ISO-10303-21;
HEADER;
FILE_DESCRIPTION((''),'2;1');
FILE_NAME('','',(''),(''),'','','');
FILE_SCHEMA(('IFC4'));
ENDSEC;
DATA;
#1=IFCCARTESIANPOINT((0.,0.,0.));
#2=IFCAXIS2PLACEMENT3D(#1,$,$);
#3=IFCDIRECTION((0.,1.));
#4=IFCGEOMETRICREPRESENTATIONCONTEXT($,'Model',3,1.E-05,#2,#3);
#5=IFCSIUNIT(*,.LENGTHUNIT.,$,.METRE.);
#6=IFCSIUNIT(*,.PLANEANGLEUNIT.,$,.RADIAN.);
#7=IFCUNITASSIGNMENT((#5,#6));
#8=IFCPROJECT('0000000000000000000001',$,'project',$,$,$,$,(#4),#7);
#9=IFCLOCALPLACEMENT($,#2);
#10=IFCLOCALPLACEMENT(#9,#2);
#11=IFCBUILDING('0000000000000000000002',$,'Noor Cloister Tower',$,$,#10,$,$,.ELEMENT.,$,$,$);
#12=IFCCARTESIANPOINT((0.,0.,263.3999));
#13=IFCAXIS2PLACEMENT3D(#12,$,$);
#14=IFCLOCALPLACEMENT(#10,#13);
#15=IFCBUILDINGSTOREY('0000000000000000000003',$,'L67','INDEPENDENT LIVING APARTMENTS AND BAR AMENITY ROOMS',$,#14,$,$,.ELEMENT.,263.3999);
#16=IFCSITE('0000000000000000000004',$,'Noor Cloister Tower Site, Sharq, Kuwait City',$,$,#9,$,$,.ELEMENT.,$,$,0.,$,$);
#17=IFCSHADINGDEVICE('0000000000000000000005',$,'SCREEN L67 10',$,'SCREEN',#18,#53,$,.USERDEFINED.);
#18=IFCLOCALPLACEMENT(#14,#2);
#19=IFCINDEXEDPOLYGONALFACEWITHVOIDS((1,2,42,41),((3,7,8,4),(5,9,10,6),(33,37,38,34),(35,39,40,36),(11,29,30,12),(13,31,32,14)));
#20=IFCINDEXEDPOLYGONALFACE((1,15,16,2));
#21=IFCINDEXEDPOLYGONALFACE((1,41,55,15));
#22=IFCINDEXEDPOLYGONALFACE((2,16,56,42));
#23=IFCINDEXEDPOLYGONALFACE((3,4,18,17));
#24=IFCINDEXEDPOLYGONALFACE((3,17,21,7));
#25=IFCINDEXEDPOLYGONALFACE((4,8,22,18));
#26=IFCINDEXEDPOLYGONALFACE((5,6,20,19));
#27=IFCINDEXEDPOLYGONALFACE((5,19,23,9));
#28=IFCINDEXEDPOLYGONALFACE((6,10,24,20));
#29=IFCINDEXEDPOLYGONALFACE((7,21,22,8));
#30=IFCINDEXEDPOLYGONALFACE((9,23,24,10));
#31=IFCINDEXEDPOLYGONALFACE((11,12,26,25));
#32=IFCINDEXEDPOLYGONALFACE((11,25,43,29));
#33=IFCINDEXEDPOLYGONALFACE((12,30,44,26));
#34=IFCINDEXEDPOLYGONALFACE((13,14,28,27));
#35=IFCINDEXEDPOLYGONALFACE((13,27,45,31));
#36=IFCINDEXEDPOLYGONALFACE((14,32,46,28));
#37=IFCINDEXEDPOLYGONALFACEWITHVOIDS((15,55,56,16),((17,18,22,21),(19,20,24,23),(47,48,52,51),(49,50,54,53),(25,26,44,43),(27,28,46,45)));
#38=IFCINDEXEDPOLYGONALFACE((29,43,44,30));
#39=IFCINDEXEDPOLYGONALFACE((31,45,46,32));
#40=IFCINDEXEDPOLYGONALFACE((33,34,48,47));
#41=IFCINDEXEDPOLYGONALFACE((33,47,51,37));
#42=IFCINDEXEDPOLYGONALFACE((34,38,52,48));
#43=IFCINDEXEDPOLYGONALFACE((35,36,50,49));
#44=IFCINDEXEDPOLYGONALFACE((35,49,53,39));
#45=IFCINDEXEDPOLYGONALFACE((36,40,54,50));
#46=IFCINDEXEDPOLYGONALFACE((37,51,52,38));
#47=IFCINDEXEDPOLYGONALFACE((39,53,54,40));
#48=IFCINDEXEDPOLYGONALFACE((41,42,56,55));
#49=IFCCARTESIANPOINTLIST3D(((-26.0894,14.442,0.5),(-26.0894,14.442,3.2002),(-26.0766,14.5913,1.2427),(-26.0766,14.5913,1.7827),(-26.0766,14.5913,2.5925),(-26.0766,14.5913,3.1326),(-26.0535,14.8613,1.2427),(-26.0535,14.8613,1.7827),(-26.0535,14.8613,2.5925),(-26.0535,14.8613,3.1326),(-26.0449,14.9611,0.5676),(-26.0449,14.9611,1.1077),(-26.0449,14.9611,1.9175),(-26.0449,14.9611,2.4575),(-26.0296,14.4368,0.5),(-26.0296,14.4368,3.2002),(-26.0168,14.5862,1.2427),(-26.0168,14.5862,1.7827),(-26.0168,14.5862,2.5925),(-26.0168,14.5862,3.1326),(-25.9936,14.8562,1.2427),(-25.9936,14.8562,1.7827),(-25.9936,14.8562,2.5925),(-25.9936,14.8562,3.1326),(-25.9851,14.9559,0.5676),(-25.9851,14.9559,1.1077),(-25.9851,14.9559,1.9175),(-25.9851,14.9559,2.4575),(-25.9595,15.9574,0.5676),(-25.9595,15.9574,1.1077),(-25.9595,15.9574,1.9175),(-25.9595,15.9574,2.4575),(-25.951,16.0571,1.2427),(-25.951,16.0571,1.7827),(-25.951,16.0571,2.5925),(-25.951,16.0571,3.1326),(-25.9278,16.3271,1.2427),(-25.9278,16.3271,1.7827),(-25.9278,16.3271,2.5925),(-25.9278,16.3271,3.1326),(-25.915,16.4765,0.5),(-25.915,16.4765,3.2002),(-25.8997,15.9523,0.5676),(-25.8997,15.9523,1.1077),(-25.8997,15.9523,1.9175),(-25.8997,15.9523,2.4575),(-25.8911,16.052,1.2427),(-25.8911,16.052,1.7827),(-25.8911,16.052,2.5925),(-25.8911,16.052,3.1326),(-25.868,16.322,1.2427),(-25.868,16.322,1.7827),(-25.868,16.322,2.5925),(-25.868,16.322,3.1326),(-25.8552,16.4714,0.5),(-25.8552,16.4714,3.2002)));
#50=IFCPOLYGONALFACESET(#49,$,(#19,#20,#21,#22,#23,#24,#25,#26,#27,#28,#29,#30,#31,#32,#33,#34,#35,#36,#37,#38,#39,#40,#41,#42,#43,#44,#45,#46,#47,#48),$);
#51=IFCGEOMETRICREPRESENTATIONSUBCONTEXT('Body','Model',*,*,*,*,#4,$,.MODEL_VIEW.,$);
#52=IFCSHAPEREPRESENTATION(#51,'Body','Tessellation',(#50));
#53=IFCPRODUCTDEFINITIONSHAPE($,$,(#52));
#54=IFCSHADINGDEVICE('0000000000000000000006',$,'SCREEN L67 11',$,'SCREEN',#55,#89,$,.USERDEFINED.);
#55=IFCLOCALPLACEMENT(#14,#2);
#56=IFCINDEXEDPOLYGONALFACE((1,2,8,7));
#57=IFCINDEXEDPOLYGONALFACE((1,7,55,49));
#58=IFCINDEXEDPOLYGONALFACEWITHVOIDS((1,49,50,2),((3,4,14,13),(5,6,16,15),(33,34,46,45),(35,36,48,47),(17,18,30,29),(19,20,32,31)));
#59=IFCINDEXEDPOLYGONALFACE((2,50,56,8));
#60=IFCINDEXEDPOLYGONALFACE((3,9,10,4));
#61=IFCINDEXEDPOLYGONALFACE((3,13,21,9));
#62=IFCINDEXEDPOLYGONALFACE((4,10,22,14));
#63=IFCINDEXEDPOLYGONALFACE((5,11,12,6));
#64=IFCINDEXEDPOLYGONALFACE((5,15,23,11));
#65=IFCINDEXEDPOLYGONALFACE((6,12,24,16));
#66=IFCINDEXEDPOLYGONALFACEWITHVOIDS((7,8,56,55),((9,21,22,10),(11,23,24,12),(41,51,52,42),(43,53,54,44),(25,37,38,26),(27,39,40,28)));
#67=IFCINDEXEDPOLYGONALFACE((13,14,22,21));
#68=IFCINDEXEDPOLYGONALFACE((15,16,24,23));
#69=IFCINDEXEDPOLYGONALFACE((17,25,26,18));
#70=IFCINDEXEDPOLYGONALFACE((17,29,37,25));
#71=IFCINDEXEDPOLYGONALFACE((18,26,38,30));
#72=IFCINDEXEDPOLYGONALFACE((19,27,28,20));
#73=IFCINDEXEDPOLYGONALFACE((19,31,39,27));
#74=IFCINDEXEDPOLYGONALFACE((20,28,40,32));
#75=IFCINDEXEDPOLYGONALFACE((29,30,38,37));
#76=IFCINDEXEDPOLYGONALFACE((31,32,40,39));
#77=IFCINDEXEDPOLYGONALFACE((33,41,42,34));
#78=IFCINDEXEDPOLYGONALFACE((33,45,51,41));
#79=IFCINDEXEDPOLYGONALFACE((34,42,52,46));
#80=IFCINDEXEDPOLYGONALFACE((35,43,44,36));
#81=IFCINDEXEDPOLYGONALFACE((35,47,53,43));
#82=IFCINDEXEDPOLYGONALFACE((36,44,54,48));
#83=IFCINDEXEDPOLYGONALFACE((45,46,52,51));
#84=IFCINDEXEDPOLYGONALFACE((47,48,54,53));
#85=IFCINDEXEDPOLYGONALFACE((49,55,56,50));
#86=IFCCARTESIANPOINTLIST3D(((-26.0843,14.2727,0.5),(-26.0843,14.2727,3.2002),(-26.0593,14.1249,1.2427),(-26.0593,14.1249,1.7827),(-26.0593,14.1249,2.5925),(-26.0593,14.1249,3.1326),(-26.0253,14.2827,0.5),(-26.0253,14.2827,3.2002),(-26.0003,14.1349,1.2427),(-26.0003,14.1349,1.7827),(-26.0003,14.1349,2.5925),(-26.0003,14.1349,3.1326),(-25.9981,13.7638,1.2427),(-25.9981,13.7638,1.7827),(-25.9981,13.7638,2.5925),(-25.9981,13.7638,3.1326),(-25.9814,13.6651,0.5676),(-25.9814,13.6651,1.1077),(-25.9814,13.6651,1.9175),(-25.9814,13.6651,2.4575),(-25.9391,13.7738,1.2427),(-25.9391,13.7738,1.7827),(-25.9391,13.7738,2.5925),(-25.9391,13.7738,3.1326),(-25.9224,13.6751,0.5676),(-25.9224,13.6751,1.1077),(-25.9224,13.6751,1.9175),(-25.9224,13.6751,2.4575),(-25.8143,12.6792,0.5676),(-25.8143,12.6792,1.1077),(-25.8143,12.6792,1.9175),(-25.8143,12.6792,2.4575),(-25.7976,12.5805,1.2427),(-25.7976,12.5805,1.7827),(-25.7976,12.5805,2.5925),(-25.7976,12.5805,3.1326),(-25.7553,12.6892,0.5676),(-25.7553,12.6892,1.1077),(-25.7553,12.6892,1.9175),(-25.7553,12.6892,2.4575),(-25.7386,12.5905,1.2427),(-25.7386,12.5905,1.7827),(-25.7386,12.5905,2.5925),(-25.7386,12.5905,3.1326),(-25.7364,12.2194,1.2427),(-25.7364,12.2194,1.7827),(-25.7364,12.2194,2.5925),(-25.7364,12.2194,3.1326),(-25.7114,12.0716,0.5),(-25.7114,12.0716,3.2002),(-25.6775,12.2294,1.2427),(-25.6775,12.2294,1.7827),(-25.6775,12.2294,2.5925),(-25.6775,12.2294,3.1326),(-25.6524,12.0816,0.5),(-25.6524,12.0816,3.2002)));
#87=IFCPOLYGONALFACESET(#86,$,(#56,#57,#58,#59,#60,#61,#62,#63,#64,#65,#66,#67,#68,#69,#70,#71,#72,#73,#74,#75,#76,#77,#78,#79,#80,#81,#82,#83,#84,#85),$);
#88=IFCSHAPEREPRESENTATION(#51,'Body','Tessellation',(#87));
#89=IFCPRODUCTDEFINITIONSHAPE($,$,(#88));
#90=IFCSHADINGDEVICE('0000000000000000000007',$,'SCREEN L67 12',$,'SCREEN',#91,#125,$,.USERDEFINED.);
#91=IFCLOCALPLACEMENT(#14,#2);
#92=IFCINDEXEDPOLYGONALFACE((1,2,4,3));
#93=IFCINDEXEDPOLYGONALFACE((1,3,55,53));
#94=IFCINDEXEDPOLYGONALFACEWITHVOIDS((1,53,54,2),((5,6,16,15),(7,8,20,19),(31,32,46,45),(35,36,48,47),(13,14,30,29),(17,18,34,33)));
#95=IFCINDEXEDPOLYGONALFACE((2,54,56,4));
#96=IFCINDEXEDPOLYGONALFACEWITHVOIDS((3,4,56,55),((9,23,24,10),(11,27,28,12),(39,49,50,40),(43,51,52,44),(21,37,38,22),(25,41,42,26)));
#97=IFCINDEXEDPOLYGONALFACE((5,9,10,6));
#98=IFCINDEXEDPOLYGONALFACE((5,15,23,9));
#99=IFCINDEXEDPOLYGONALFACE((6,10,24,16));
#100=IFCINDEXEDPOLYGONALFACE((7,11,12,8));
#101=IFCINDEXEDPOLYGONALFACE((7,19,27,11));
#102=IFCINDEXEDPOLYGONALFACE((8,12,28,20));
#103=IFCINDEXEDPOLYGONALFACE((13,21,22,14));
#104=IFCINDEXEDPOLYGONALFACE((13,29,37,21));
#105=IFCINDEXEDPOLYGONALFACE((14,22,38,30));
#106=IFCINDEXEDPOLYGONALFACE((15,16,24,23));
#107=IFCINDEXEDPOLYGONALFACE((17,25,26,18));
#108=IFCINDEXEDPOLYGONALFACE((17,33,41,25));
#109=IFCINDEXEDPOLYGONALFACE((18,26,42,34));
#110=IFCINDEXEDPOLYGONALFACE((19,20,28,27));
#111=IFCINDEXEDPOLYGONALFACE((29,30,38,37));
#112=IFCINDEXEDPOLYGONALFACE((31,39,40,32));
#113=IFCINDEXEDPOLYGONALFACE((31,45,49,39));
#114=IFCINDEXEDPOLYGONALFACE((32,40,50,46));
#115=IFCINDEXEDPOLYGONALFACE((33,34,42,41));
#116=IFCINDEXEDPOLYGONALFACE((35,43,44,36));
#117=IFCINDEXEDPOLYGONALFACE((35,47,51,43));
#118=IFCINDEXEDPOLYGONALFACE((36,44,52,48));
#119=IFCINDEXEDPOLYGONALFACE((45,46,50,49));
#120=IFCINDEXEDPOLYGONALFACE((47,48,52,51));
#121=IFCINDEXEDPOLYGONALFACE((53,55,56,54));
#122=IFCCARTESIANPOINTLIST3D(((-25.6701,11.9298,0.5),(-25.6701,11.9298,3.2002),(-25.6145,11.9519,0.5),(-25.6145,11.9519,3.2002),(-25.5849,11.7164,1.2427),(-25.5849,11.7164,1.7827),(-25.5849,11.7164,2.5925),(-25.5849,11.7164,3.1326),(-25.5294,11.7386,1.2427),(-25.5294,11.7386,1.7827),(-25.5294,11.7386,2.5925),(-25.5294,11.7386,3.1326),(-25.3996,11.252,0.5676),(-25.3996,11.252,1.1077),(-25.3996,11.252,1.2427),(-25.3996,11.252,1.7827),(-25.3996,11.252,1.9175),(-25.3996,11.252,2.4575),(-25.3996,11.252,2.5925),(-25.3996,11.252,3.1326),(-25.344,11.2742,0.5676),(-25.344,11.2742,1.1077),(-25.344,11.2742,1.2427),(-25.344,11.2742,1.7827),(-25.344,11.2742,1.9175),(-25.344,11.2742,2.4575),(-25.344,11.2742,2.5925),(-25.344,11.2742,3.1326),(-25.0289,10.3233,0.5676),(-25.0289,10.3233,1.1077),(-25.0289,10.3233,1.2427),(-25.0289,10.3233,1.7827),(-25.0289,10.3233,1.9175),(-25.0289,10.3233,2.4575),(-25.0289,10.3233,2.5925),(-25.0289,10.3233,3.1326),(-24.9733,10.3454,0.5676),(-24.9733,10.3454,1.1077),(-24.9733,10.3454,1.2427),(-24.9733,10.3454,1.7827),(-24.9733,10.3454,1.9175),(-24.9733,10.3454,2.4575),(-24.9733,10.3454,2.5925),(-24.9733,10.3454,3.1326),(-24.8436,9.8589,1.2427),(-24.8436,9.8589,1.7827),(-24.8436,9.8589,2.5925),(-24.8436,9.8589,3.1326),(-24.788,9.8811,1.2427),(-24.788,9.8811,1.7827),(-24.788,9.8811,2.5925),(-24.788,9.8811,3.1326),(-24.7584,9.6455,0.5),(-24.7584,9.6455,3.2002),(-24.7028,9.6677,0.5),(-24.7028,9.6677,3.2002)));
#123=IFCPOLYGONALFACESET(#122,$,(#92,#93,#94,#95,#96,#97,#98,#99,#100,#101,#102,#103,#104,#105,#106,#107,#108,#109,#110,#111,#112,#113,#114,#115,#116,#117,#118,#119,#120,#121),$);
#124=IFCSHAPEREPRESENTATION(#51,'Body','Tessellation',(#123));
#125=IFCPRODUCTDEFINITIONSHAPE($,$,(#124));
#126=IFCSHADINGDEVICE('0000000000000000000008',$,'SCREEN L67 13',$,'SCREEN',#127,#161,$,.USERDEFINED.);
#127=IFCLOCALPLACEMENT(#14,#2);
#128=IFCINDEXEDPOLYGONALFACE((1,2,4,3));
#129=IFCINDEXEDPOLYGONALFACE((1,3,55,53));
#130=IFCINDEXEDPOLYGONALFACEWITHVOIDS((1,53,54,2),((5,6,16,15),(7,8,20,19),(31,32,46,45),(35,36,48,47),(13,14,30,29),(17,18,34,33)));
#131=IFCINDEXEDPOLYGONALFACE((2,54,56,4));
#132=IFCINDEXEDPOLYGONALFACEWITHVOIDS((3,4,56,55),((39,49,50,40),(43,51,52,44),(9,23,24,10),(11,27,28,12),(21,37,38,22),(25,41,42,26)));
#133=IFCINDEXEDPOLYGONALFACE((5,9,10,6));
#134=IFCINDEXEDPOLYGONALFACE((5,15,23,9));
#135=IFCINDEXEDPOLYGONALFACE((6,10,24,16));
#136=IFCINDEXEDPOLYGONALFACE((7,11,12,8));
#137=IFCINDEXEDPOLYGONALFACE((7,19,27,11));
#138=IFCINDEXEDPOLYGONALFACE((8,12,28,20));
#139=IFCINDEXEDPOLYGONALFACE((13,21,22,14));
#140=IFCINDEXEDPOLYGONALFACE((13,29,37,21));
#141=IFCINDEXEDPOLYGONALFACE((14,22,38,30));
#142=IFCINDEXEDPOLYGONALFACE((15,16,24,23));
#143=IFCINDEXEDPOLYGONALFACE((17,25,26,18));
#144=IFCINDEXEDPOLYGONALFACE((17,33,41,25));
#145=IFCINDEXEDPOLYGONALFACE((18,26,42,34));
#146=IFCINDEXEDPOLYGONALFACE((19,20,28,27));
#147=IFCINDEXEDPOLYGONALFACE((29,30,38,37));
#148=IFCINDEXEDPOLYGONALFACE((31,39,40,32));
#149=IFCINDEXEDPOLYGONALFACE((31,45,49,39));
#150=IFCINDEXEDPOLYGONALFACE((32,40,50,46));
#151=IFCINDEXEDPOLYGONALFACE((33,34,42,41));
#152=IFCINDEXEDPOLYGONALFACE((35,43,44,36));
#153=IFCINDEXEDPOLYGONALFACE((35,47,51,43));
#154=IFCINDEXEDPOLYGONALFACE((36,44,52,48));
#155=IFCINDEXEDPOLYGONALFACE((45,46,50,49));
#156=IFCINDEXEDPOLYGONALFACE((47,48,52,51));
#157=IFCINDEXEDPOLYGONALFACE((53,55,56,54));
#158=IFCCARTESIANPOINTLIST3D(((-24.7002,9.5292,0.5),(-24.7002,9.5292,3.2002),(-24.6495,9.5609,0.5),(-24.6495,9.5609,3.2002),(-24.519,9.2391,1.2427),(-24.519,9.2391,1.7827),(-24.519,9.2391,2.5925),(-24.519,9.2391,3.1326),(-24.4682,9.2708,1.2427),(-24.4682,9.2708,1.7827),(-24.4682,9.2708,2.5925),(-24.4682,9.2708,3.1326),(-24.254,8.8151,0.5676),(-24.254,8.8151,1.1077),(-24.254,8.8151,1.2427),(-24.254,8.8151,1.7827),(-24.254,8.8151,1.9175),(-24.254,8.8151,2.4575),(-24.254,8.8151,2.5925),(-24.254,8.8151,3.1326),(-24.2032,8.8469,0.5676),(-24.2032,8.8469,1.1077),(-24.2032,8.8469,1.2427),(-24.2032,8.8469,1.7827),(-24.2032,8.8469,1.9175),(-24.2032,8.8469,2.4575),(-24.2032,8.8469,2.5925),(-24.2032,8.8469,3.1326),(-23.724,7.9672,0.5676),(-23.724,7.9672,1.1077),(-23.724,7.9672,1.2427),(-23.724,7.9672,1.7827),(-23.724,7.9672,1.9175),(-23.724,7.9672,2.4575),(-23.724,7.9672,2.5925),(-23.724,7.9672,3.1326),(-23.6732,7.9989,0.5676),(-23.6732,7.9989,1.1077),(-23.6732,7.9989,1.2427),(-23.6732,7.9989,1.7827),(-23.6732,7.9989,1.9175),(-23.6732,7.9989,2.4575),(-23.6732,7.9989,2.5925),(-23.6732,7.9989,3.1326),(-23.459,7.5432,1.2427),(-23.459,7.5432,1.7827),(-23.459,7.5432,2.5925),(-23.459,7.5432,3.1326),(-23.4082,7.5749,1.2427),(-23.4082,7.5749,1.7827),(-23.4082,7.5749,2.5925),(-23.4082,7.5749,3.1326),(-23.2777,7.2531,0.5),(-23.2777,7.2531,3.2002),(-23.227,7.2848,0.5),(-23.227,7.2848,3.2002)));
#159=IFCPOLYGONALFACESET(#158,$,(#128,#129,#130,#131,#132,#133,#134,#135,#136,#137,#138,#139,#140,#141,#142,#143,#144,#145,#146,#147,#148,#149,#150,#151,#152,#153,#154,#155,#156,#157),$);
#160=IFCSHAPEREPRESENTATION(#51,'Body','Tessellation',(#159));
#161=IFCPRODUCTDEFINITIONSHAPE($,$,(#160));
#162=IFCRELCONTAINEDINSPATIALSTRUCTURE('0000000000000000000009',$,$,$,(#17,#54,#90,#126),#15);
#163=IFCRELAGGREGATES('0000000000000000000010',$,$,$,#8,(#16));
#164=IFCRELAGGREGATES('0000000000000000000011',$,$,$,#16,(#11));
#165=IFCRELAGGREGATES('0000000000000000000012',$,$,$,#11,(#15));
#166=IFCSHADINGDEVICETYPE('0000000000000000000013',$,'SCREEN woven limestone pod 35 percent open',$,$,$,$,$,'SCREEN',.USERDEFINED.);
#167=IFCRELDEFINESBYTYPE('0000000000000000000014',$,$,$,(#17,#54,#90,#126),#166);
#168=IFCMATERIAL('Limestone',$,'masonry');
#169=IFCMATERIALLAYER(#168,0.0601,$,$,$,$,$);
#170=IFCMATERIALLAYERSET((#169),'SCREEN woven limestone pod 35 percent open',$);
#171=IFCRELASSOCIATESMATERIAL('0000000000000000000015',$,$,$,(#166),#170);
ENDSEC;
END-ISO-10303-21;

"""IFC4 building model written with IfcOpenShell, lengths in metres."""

from ifc_helpers import new_model, si_unit, direction, frame, origin, place, context, subcontext, project, spatial, polyline, outline, extrude, material, layer, layer_set, type_object, element, save


model = new_model("IFC4")

# Units and contexts
model_context = context("Model", 3, precision=1e-05, world=origin(), true_north=direction((0.0, 1.0)))
body_context = subcontext(model_context, "Body", "Model", "MODEL_VIEW")
ifc_project = project(units=[si_unit("LENGTHUNIT", "METRE"), si_unit("PLANEANGLEUNIT", "RADIAN")], contexts=[model_context])

# Site, building, storey
site_placement = place(None, origin())
site = spatial("IfcSite", under=ifc_project, at=site_placement, Name="Noor Cloister Tower Site, Sharq, Kuwait City", CompositionType="ELEMENT", RefElevation=0.0)
building_placement = place(site_placement, origin())
building = spatial("IfcBuilding", under=site, at=building_placement, Name="Noor Cloister Tower", CompositionType="ELEMENT")
storey_placement = place(building_placement, frame((0.0, 0.0, 263.3999)))
storey = spatial("IfcBuildingStorey", under=building, at=storey_placement, Name="L67", Description="INDEPENDENT LIVING APARTMENTS AND BAR AMENITY ROOMS", CompositionType="ELEMENT", Elevation=263.3999)

# Shading devices
ifc_material_1 = material(Name="Limestone", Category="masonry")
ifc_layer_1 = layer(ifc_material_1, 0.0601)
ifc_layer_set_1 = layer_set([ifc_layer_1], Name="SCREEN woven limestone pod 35 percent open")
shading_device_type = type_object("IfcShadingDeviceType", Name="SCREEN woven limestone pod 35 percent open", ElementType="SCREEN", PredefinedType="USERDEFINED", material=ifc_layer_set_1)
shading_device_1_placement = place(storey_placement, frame((-25.9424, 15.4541, 1.8501), z_axis=(-0.996347, 0.085401, 0.0), x_axis=(-0.085401, -0.996347, 0.0)))
element("IfcShadingDevice", 1, at=shading_device_1_placement, inside=storey, type_object=shading_device_type, Name="SCREEN L67 10", ObjectType="SCREEN", PredefinedType="USERDEFINED", context=body_context, shape_type="SweptSolid", body=[
    extrude(outline(polyline([(-1.021, -1.3501), (1.021, -1.3501), (1.021, 1.3501), (-1.021, 1.3501), (-1.021, -1.3501)]), holes=[polyline([(-0.5, -1.2825), (0.5, -1.2825), (0.5, -0.7424), (-0.5, -0.7424), (-0.5, -1.2825)]), polyline([(0.6001, -0.6074), (0.8711, -0.6074), (0.8711, -0.0674), (0.6001, -0.0674), (0.6001, -0.6074)]), polyline([(-0.8711, -0.6074), (-0.6001, -0.6074), (-0.6001, -0.0674), (-0.8711, -0.0674), (-0.8711, -0.6074)]), polyline([(-0.5, 0.0674), (0.5, 0.0674), (0.5, 0.6074), (-0.5, 0.6074), (-0.5, 0.0674)]), polyline([(0.6001, 0.7424), (0.8711, 0.7424), (0.8711, 1.2825), (0.6001, 1.2825), (0.6001, 0.7424)]), polyline([(-0.8711, 0.7424), (-0.6001, 0.7424), (-0.6001, 1.2825), (-0.8711, 1.2825), (-0.8711, 0.7424)])]), origin(), (0.0, 0.0, 1.0), 0.0601),
])
shading_device_2_placement = place(storey_placement, frame((-25.8389, 13.1821, 1.8501), z_axis=(-0.98595, -0.167041, 0.0), x_axis=(0.167041, -0.98595, 0.0)))
element("IfcShadingDevice", 2, at=shading_device_2_placement, inside=storey, type_object=shading_device_type, Name="SCREEN L67 11", ObjectType="SCREEN", PredefinedType="USERDEFINED", context=body_context, shape_type="SweptSolid", body=[
    extrude(outline(polyline([(-1.1162, -1.3501), (1.1162, -1.3501), (1.1162, 1.3501), (-1.1162, 1.3501), (-1.1162, -1.3501)]), holes=[polyline([(-0.5, -1.2825), (0.5, -1.2825), (0.5, -0.7424), (-0.5, -0.7424), (-0.5, -1.2825)]), polyline([(0.6001, -0.6074), (0.9663, -0.6074), (0.9663, -0.0674), (0.6001, -0.0674), (0.6001, -0.6074)]), polyline([(-0.9663, -0.6074), (-0.6001, -0.6074), (-0.6001, -0.0674), (-0.9663, -0.0674), (-0.9663, -0.6074)]), polyline([(-0.5, 0.0674), (0.5, 0.0674), (0.5, 0.6074), (-0.5, 0.6074), (-0.5, 0.0674)]), polyline([(0.6001, 0.7424), (0.9663, 0.7424), (0.9663, 1.2825), (0.6001, 1.2825), (0.6001, 0.7424)]), polyline([(-0.9663, 0.7424), (-0.6001, 0.7424), (-0.6001, 1.2825), (-0.9663, 1.2825), (-0.9663, 0.7424)])]), origin(), (0.0, 0.0, 1.0), 0.0598),
])
shading_device_3_placement = place(storey_placement, frame((-25.1587, 10.8098, 1.8501), z_axis=(-0.928757, -0.370688, 0.0), x_axis=(0.370688, -0.928757, 0.0)))
element("IfcShadingDevice", 3, at=shading_device_3_placement, inside=storey, type_object=shading_device_type, Name="SCREEN L67 12", ObjectType="SCREEN", PredefinedType="USERDEFINED", context=body_context, shape_type="SweptSolid", body=[
    extrude(outline(polyline([(-1.2297, -1.3501), (1.2297, -1.3501), (1.2297, 1.3501), (-1.2297, 1.3501), (-1.2297, -1.3501)]), holes=[polyline([(-0.5, -1.2825), (0.5, -1.2825), (0.5, -0.7424), (-0.5, -0.7424), (-0.5, -1.2825)]), polyline([(-1.0, -0.6074), (-0.5, -0.6074), (-0.5, -0.0674), (-1.0, -0.0674), (-1.0, -0.6074)]), polyline([(0.5, -0.6074), (1.0, -0.6074), (1.0, -0.0674), (0.5, -0.0674), (0.5, -0.6074)]), polyline([(-0.5, 0.0674), (0.5, 0.0674), (0.5, 0.6074), (-0.5, 0.6074), (-0.5, 0.0674)]), polyline([(-1.0, 0.7424), (-0.5, 0.7424), (-0.5, 1.2825), (-1.0, 1.2825), (-1.0, 0.7424)]), polyline([(0.5, 0.7424), (1.0, 0.7424), (1.0, 1.2825), (0.5, 1.2825), (0.5, 0.7424)])]), origin(), (0.0, 0.0, 1.0), 0.0598),
])
shading_device_4_placement = place(storey_placement, frame((-23.9382, 8.4229, 1.8501), z_axis=(-0.847998, -0.529999, 0.0), x_axis=(0.529999, -0.847998, 0.0)))
element("IfcShadingDevice", 4, at=shading_device_4_placement, inside=storey, type_object=shading_device_type, Name="SCREEN L67 13", ObjectType="SCREEN", PredefinedType="USERDEFINED", context=body_context, shape_type="SweptSolid", body=[
    extrude(outline(polyline([(-1.342, -1.3501), (1.342, -1.3501), (1.342, 1.3501), (-1.342, 1.3501), (-1.342, -1.3501)]), holes=[polyline([(-0.5, -1.2825), (0.5, -1.2825), (0.5, -0.7424), (-0.5, -0.7424), (-0.5, -1.2825)]), polyline([(-1.0, -0.6074), (-0.5, -0.6074), (-0.5, -0.0674), (-1.0, -0.0674), (-1.0, -0.6074)]), polyline([(0.5, -0.6074), (1.0, -0.6074), (1.0, -0.0674), (0.5, -0.0674), (0.5, -0.6074)]), polyline([(-0.5, 0.0674), (0.5, 0.0674), (0.5, 0.6074), (-0.5, 0.6074), (-0.5, 0.0674)]), polyline([(-1.0, 0.7424), (-0.5, 0.7424), (-0.5, 1.2825), (-1.0, 1.2825), (-1.0, 0.7424)]), polyline([(0.5, 0.7424), (1.0, 0.7424), (1.0, 1.2825), (0.5, 1.2825), (0.5, 0.7424)])]), origin(), (0.0, 0.0, 1.0), 0.0598),
])

save(model, "model.ifc")
